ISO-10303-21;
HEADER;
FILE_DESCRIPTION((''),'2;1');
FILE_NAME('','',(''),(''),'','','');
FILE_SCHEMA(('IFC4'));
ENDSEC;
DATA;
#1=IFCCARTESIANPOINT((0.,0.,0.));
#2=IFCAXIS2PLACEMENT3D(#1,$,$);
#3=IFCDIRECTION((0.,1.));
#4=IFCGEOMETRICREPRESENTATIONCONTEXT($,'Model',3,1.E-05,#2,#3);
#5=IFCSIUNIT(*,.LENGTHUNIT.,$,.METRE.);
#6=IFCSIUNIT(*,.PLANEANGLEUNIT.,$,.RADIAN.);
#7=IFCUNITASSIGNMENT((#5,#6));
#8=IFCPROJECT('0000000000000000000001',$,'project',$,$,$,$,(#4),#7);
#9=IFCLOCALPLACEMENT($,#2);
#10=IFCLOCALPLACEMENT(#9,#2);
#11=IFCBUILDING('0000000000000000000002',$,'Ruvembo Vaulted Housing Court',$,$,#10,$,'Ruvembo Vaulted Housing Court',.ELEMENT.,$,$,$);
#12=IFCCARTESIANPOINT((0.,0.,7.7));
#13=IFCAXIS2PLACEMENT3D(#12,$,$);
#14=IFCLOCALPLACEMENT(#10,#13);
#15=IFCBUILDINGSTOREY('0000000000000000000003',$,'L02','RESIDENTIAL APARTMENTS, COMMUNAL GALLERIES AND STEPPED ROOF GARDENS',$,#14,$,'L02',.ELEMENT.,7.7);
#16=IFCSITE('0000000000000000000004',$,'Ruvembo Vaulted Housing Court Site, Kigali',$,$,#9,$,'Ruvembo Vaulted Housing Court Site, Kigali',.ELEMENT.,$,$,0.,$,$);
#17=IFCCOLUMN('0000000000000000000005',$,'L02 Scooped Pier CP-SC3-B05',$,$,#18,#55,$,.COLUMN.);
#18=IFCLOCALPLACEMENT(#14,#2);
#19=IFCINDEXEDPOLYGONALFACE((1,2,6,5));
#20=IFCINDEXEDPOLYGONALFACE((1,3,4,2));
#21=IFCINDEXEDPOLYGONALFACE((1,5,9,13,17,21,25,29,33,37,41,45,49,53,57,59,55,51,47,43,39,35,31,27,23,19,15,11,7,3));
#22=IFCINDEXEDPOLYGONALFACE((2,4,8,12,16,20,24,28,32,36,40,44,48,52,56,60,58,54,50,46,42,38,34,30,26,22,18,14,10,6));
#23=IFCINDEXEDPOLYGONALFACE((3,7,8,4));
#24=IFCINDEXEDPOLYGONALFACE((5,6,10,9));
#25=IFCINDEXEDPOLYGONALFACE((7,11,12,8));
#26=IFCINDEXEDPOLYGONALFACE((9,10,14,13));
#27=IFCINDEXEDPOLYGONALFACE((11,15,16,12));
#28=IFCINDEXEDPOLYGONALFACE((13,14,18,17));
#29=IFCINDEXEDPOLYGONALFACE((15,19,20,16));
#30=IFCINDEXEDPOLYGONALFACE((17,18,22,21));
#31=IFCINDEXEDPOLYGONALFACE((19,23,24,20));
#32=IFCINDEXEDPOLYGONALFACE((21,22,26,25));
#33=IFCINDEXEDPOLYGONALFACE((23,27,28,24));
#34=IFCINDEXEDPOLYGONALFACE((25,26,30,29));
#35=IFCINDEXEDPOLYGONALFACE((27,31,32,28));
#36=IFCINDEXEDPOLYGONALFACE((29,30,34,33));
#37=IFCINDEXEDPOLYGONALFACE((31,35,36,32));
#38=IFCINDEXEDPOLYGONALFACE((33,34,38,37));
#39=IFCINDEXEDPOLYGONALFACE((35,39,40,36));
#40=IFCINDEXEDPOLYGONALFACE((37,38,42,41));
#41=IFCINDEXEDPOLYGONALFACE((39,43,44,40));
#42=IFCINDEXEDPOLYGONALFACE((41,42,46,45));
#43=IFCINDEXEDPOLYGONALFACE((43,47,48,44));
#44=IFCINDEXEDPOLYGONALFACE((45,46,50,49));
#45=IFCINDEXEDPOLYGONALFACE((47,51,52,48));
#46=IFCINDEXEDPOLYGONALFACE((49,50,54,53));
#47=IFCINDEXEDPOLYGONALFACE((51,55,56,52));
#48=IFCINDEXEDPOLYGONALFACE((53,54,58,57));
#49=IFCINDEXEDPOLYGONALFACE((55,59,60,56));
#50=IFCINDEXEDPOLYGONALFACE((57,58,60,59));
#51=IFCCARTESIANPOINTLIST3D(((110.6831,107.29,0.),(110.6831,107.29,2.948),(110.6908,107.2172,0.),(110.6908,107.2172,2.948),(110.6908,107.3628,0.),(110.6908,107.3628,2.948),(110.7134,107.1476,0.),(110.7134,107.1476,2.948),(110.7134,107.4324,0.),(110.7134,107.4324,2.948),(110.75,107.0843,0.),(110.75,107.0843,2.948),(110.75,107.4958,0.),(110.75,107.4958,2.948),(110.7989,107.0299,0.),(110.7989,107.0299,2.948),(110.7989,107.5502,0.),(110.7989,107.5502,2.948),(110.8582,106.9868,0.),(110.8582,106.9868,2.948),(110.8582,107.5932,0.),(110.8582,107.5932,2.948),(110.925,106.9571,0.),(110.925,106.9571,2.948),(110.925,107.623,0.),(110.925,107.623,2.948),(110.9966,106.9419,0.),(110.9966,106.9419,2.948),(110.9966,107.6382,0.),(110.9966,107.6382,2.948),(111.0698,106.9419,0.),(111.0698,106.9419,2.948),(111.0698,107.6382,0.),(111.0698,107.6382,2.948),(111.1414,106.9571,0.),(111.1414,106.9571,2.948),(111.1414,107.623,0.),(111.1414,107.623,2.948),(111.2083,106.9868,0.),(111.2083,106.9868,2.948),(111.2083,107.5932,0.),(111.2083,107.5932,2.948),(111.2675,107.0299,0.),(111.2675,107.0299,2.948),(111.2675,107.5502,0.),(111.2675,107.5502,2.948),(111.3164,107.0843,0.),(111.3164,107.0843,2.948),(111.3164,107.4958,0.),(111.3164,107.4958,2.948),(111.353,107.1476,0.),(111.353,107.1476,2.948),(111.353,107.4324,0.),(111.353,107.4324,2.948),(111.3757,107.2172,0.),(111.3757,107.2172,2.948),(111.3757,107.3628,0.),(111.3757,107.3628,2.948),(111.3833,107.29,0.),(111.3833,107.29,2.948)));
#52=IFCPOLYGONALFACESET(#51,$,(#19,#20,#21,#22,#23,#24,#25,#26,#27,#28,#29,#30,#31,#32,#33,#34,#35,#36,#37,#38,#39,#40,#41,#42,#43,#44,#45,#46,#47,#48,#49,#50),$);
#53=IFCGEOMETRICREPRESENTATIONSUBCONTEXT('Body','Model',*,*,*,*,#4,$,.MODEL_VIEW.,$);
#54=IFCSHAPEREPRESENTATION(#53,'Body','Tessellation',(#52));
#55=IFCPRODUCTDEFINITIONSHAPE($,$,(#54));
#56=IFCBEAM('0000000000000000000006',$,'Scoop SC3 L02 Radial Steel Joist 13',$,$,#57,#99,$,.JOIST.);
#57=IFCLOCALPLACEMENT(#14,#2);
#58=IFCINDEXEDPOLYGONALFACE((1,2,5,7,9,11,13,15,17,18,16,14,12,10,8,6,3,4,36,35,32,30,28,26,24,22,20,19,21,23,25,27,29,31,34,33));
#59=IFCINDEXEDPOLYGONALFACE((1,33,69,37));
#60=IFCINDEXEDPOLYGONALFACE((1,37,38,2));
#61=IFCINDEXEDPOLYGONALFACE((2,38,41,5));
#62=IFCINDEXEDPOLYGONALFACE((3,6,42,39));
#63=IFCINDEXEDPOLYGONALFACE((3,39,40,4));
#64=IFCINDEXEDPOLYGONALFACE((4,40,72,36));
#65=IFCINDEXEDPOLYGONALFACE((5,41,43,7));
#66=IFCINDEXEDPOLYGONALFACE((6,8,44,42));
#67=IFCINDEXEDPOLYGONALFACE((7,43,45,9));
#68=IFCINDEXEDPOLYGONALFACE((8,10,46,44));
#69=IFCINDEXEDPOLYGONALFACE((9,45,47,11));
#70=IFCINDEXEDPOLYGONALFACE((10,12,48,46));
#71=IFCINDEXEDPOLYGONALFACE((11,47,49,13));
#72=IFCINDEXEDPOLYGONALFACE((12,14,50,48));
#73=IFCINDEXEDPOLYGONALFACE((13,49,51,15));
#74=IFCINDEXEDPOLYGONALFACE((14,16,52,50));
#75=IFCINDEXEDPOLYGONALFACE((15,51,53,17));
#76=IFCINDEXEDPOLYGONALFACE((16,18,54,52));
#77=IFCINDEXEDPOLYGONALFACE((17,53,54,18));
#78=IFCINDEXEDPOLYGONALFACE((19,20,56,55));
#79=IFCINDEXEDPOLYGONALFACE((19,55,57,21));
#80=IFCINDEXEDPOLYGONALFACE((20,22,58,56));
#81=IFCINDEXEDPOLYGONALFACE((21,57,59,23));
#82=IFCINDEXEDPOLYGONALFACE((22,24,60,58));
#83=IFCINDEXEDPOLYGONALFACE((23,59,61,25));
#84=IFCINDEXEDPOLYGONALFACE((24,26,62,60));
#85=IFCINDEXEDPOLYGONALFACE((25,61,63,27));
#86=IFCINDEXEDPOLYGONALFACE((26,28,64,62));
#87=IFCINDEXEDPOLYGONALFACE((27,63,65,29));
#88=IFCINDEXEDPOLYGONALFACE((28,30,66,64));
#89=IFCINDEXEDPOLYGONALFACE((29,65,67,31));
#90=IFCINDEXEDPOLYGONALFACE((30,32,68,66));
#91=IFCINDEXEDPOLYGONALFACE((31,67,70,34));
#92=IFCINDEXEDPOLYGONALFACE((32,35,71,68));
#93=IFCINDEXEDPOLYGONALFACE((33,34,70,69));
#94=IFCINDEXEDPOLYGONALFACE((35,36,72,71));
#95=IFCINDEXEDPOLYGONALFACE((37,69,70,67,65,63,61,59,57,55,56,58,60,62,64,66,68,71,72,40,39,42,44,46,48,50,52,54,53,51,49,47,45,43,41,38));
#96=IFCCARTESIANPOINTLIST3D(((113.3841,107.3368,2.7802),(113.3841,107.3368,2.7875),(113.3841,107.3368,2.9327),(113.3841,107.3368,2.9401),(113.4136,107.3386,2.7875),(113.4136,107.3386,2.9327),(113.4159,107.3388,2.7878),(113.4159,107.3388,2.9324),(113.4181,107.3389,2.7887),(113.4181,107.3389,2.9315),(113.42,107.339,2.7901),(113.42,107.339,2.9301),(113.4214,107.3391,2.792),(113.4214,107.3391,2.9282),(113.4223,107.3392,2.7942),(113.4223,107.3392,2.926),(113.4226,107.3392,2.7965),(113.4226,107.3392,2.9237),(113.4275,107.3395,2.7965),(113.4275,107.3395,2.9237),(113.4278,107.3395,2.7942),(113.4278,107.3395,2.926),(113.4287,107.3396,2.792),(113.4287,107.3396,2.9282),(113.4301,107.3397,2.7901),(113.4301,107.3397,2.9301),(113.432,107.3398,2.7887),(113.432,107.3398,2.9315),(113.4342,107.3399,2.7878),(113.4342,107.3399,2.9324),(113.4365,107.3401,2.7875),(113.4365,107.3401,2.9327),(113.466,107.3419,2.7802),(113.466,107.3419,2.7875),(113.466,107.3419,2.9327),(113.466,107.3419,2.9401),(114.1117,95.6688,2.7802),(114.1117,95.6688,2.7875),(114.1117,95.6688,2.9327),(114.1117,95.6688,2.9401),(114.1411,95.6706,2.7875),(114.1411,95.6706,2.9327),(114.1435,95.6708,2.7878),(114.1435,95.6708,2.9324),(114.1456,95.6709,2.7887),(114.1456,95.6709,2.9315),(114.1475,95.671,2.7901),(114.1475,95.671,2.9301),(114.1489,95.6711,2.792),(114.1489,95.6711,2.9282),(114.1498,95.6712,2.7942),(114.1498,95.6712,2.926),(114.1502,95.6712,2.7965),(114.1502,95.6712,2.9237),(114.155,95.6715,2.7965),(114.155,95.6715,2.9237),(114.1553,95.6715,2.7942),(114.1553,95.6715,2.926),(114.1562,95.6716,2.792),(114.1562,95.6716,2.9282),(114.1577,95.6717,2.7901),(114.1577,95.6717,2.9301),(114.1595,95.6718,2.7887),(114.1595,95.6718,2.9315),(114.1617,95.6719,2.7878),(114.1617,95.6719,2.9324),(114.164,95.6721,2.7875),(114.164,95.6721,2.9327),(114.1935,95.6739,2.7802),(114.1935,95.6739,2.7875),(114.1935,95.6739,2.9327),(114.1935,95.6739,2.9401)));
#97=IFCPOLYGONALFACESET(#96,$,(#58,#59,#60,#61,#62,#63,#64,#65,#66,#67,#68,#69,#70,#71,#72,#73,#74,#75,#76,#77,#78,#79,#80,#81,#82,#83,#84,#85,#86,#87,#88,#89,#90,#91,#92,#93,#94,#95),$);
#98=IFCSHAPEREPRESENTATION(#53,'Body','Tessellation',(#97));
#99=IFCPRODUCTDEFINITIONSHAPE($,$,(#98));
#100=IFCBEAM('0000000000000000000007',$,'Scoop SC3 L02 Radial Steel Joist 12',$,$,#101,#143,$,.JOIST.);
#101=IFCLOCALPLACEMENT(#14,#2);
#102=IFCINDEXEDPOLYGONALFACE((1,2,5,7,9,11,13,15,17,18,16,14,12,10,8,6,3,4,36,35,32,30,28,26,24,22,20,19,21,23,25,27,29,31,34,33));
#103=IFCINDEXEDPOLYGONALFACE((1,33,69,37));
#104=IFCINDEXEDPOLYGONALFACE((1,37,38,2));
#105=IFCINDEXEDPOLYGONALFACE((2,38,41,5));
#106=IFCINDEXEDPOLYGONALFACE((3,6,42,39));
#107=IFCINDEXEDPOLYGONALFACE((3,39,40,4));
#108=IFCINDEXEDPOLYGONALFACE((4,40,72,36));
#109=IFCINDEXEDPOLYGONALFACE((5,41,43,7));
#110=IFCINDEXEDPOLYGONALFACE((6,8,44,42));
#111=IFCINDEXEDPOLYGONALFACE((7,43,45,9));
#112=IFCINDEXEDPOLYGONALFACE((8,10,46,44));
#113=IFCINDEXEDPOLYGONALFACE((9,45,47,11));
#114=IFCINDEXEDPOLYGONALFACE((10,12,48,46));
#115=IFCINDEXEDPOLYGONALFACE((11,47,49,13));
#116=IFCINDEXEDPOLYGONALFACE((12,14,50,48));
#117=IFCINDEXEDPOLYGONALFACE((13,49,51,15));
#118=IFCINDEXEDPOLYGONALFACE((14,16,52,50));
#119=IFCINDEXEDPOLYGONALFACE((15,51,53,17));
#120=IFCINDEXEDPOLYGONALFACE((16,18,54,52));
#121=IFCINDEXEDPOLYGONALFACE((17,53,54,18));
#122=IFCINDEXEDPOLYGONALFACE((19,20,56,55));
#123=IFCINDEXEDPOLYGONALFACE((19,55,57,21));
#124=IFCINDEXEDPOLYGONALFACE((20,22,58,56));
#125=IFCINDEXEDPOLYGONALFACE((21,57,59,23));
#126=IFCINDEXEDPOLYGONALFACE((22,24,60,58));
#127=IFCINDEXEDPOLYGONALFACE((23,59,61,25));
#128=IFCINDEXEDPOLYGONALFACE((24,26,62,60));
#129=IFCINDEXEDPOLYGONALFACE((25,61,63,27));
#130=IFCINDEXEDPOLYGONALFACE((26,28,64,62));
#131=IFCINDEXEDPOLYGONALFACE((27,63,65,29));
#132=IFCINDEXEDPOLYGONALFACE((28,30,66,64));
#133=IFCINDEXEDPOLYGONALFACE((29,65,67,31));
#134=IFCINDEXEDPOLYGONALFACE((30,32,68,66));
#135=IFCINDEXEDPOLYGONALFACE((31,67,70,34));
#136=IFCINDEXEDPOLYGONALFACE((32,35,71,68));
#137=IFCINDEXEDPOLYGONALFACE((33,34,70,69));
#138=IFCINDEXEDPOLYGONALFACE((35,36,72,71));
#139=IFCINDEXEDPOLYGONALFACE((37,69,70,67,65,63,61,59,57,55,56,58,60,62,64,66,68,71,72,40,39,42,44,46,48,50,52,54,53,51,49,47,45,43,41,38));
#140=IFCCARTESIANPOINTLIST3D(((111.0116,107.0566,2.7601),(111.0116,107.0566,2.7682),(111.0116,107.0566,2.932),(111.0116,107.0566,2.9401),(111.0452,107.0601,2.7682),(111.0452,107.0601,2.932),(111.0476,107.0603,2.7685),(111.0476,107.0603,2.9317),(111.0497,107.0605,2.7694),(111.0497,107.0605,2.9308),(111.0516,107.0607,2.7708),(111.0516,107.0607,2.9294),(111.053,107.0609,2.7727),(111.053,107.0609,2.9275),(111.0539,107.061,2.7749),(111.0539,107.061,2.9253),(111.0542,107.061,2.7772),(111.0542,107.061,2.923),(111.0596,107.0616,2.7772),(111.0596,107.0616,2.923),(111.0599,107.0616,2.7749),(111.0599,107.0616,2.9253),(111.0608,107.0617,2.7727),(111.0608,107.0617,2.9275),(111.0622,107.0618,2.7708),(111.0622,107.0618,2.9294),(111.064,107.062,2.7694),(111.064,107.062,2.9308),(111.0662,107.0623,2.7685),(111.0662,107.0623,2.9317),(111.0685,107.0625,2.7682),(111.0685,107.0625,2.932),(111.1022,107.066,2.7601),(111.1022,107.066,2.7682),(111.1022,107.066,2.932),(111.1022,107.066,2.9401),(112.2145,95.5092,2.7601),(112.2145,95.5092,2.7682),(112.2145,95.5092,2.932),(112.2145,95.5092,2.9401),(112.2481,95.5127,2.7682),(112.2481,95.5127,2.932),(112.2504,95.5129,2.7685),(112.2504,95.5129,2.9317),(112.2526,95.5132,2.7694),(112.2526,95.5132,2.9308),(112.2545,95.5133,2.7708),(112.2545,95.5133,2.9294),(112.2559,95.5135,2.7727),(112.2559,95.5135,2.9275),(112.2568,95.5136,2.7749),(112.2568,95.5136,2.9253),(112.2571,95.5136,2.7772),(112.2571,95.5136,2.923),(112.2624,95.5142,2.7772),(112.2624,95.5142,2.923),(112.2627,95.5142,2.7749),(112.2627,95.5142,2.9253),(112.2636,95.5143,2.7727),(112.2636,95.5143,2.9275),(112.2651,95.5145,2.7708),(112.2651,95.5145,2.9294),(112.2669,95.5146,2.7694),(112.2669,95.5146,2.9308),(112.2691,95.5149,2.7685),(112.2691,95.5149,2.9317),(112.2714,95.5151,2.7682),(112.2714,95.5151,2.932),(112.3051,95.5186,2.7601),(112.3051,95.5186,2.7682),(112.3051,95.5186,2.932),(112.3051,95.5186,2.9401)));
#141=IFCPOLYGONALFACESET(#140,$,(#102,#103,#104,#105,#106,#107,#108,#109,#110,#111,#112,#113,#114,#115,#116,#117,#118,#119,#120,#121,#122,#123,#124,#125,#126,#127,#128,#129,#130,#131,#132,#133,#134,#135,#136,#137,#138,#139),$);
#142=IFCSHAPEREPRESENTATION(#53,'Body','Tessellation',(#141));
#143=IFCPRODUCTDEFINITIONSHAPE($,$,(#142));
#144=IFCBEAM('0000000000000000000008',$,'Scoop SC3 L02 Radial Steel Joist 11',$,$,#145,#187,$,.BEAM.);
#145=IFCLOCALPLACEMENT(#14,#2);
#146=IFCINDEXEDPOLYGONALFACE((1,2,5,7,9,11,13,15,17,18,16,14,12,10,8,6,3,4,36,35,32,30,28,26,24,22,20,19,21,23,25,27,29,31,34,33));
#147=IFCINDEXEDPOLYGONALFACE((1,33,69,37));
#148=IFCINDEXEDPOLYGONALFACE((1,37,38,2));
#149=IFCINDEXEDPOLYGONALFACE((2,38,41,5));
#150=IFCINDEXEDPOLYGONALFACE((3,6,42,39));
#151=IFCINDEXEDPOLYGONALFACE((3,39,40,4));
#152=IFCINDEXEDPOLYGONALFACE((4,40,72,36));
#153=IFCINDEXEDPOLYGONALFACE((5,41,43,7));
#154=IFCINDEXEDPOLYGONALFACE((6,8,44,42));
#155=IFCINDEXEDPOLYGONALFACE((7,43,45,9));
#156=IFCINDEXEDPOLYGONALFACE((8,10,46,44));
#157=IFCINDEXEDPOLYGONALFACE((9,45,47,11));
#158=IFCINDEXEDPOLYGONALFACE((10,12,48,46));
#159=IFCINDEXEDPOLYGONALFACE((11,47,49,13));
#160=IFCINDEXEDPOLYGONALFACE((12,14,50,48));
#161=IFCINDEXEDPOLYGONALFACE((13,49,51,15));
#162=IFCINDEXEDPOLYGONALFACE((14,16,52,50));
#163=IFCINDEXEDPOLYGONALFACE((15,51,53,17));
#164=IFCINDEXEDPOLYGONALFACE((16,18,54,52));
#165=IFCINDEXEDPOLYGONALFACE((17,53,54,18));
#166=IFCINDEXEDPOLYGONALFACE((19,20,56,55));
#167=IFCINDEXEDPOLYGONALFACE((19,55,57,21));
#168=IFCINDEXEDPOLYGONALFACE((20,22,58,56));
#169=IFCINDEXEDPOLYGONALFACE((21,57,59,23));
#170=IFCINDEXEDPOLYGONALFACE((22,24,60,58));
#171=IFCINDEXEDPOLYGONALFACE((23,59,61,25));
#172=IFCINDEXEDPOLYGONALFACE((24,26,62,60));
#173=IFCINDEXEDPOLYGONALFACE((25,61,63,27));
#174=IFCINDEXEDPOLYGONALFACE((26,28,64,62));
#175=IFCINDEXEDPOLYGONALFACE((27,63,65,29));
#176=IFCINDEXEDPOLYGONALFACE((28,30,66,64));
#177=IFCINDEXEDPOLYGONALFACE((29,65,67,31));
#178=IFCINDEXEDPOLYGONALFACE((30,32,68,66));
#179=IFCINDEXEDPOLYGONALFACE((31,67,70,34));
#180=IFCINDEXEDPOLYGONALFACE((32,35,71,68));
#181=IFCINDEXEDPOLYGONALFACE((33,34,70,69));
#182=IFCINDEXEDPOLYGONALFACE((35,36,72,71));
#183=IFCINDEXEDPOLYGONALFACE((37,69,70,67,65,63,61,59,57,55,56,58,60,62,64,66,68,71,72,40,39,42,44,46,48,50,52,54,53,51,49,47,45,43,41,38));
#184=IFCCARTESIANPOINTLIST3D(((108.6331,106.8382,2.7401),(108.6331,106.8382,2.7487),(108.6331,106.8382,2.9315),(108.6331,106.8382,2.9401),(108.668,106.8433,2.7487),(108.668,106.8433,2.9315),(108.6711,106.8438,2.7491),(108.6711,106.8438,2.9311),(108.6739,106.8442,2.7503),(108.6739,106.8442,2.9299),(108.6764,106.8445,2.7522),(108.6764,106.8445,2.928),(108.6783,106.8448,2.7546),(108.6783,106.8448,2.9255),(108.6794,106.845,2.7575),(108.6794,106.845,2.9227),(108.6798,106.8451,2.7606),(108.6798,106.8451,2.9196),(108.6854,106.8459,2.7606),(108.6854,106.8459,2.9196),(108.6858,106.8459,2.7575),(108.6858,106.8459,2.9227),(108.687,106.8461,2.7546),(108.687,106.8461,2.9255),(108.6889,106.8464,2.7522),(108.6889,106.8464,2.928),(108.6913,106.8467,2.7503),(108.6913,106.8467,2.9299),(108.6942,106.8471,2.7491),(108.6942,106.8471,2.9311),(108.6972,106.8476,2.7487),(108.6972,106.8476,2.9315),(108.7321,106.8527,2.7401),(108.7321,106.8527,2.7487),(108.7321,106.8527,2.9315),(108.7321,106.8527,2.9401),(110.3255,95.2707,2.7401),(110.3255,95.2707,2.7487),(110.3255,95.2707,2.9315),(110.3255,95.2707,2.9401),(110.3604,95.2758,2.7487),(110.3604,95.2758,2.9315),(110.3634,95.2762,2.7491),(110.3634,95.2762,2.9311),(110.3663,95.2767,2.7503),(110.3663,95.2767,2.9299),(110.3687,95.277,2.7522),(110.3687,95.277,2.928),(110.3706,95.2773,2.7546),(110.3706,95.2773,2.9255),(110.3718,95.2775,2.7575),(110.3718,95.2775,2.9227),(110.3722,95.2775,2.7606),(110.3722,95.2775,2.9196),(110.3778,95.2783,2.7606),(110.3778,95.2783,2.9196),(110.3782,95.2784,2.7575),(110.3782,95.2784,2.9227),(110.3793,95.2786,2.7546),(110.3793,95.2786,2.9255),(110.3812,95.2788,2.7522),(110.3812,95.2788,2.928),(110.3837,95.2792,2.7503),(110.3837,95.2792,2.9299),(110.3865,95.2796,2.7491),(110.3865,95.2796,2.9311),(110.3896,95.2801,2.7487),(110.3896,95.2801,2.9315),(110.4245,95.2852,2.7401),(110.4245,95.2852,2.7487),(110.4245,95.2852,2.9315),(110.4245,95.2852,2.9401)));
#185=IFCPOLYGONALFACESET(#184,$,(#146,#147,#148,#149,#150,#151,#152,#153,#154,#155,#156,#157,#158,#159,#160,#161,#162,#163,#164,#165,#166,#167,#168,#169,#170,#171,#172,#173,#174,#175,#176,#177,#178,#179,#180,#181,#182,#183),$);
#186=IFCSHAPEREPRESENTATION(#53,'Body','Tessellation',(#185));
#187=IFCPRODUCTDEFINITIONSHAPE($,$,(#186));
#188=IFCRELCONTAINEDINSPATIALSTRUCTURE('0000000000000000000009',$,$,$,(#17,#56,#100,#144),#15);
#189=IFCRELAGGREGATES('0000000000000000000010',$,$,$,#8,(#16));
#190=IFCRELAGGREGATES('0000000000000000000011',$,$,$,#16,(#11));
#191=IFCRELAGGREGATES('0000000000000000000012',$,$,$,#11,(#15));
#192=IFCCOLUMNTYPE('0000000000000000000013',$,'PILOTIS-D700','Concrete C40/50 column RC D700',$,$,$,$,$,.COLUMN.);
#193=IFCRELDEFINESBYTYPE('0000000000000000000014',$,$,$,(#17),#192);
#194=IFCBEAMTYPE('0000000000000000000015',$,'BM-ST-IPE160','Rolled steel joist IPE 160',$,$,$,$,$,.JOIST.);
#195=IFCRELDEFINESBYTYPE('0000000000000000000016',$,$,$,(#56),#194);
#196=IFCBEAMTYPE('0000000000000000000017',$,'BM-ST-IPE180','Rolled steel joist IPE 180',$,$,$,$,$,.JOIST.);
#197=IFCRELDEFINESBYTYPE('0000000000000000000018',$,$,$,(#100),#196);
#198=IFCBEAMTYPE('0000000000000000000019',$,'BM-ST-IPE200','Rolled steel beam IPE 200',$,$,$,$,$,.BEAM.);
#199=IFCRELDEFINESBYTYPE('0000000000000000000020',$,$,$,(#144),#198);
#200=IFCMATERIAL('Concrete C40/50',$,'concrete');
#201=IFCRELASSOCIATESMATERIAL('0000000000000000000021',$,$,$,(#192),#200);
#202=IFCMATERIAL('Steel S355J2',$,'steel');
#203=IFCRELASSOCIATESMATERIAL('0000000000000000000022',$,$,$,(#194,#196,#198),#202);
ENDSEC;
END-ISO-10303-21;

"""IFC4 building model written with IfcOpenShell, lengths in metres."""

from ifc_helpers import new_model, si_unit, direction, frame, origin, origin_2d, place, context, subcontext, project, spatial, circle, i_section, extrude, material, material_profile, profile_set, type_object, element, save


model = new_model("IFC4")

# Units and contexts
model_context = context("Model", 3, precision=1e-05, world=origin(), true_north=direction((0.0, 1.0)))
body_context = subcontext(model_context, "Body", "Model", "MODEL_VIEW")
ifc_project = project(units=[si_unit("LENGTHUNIT", "METRE"), si_unit("PLANEANGLEUNIT", "RADIAN")], contexts=[model_context])

# Site, building, storey
site_placement = place(None, origin())
site = spatial("IfcSite", under=ifc_project, at=site_placement, Name="Ruvembo Vaulted Housing Court Site, Kigali", LongName="Ruvembo Vaulted Housing Court Site, Kigali", CompositionType="ELEMENT", RefElevation=0.0)
building_placement = place(site_placement, origin())
building = spatial("IfcBuilding", under=site, at=building_placement, Name="Ruvembo Vaulted Housing Court", LongName="Ruvembo Vaulted Housing Court", CompositionType="ELEMENT")
storey_placement = place(building_placement, frame((0.0, 0.0, 7.7)))
storey = spatial("IfcBuildingStorey", under=building, at=storey_placement, Name="L02", Description="RESIDENTIAL APARTMENTS, COMMUNAL GALLERIES AND STEPPED ROOF GARDENS", LongName="L02", CompositionType="ELEMENT", Elevation=7.7)

# Column
ifc_material_1 = material(Name="Concrete C40/50", Category="concrete")
ifc_material_profile_1 = material_profile(ifc_material_1, circle(Radius=0.3501, at=origin_2d()), Name="RC D700")
ifc_profile_set_1 = profile_set([ifc_material_profile_1], Name="Concrete C40/50")
column_type = type_object("IfcColumnType", Name="PILOTIS-D700", Description="Concrete C40/50 column RC D700", PredefinedType="COLUMN", material=ifc_profile_set_1)
column_placement = place(storey_placement, frame((111.0332, 107.29, 0.0), z_axis=(0.0, 0.0, 1.0), x_axis=(1.0, 0.0, 0.0)))
element("IfcColumn", 1, at=column_placement, inside=storey, type_object=column_type, Name="L02 Scooped Pier CP-SC3-B05", PredefinedType="COLUMN", context=body_context, shape_type="SweptSolid", body=[
    extrude(circle(Radius=0.3501, at=origin_2d()), origin(), (0.0, 0.0, 1.0), 2.948),
])

# Beams
ifc_material_2 = material(Name="Steel S355J2", Category="steel")
ifc_material_profile_2 = material_profile(ifc_material_2, i_section(OverallWidth=0.082, OverallDepth=0.1599, WebThickness=0.0049, FlangeThickness=0.0073, FilletRadius=0.009, at=origin_2d()), Name="IPE 160")
ifc_profile_set_2 = profile_set([ifc_material_profile_2], Name="Steel S355J2")
beam_type_1 = type_object("IfcBeamType", Name="BM-ST-IPE160", Description="Rolled steel joist IPE 160", PredefinedType="JOIST", material=ifc_profile_set_2)
beam_1_placement = place(storey_placement, frame((113.425, 107.3394, 2.8601), z_axis=(0.062233, -0.998062, 0.0), x_axis=(0.998062, 0.062233, 0.0)))
element("IfcBeam", 2, at=beam_1_placement, inside=storey, type_object=beam_type_1, Name="Scoop SC3 L02 Radial Steel Joist 13", PredefinedType="JOIST", context=body_context, shape_type="SweptSolid", body=[
    extrude(i_section(OverallWidth=0.082, OverallDepth=0.1599, WebThickness=0.0049, FlangeThickness=0.0073, FilletRadius=0.009, at=origin_2d()), origin(), (0.0, 0.0, 1.0), 11.6907),
])
ifc_material_profile_3 = material_profile(ifc_material_2, i_section(OverallWidth=0.0911, OverallDepth=0.1799, WebThickness=0.0054, FlangeThickness=0.0081, FilletRadius=0.009, at=origin_2d()), Name="IPE 180")
ifc_profile_set_3 = profile_set([ifc_material_profile_3], Name="Steel S355J2")
beam_type_2 = type_object("IfcBeamType", Name="BM-ST-IPE180", Description="Rolled steel joist IPE 180", PredefinedType="JOIST", material=ifc_profile_set_3)
beam_2_placement = place(storey_placement, frame((111.0569, 107.0613, 2.8501), z_axis=(0.103609, -0.994618, 0.0), x_axis=(0.994618, 0.103609, 0.0)))
element("IfcBeam", 3, at=beam_2_placement, inside=storey, type_object=beam_type_2, Name="Scoop SC3 L02 Radial Steel Joist 12", PredefinedType="JOIST", context=body_context, shape_type="SweptSolid", body=[
    extrude(i_section(OverallWidth=0.0911, OverallDepth=0.1799, WebThickness=0.0054, FlangeThickness=0.0081, FilletRadius=0.009, at=origin_2d()), origin(), (0.0, 0.0, 1.0), 11.6099),
])
ifc_material_profile_4 = material_profile(ifc_material_2, i_section(OverallWidth=0.1001, OverallDepth=0.2, WebThickness=0.0056, FlangeThickness=0.0085, FilletRadius=0.012, at=origin_2d()), Name="IPE 200")
ifc_profile_set_4 = profile_set([ifc_material_profile_4], Name="Steel S355J2")
beam_type_3 = type_object("IfcBeamType", Name="BM-ST-IPE200", Description="Rolled steel beam IPE 200", PredefinedType="BEAM", material=ifc_profile_set_4)
beam_3_placement = place(storey_placement, frame((108.6826, 106.8455, 2.8401), z_axis=(0.144762, -0.989466, 0.0), x_axis=(0.989466, 0.144762, 0.0)))
element("IfcBeam", 4, at=beam_3_placement, inside=storey, type_object=beam_type_3, Name="Scoop SC3 L02 Radial Steel Joist 11", PredefinedType="BEAM", context=body_context, shape_type="SweptSolid", body=[
    extrude(i_section(OverallWidth=0.1001, OverallDepth=0.2, WebThickness=0.0056, FlangeThickness=0.0085, FilletRadius=0.012, at=origin_2d()), origin(), (0.0, 0.0, 1.0), 11.6907),
])

save(model, "model.ifc")
